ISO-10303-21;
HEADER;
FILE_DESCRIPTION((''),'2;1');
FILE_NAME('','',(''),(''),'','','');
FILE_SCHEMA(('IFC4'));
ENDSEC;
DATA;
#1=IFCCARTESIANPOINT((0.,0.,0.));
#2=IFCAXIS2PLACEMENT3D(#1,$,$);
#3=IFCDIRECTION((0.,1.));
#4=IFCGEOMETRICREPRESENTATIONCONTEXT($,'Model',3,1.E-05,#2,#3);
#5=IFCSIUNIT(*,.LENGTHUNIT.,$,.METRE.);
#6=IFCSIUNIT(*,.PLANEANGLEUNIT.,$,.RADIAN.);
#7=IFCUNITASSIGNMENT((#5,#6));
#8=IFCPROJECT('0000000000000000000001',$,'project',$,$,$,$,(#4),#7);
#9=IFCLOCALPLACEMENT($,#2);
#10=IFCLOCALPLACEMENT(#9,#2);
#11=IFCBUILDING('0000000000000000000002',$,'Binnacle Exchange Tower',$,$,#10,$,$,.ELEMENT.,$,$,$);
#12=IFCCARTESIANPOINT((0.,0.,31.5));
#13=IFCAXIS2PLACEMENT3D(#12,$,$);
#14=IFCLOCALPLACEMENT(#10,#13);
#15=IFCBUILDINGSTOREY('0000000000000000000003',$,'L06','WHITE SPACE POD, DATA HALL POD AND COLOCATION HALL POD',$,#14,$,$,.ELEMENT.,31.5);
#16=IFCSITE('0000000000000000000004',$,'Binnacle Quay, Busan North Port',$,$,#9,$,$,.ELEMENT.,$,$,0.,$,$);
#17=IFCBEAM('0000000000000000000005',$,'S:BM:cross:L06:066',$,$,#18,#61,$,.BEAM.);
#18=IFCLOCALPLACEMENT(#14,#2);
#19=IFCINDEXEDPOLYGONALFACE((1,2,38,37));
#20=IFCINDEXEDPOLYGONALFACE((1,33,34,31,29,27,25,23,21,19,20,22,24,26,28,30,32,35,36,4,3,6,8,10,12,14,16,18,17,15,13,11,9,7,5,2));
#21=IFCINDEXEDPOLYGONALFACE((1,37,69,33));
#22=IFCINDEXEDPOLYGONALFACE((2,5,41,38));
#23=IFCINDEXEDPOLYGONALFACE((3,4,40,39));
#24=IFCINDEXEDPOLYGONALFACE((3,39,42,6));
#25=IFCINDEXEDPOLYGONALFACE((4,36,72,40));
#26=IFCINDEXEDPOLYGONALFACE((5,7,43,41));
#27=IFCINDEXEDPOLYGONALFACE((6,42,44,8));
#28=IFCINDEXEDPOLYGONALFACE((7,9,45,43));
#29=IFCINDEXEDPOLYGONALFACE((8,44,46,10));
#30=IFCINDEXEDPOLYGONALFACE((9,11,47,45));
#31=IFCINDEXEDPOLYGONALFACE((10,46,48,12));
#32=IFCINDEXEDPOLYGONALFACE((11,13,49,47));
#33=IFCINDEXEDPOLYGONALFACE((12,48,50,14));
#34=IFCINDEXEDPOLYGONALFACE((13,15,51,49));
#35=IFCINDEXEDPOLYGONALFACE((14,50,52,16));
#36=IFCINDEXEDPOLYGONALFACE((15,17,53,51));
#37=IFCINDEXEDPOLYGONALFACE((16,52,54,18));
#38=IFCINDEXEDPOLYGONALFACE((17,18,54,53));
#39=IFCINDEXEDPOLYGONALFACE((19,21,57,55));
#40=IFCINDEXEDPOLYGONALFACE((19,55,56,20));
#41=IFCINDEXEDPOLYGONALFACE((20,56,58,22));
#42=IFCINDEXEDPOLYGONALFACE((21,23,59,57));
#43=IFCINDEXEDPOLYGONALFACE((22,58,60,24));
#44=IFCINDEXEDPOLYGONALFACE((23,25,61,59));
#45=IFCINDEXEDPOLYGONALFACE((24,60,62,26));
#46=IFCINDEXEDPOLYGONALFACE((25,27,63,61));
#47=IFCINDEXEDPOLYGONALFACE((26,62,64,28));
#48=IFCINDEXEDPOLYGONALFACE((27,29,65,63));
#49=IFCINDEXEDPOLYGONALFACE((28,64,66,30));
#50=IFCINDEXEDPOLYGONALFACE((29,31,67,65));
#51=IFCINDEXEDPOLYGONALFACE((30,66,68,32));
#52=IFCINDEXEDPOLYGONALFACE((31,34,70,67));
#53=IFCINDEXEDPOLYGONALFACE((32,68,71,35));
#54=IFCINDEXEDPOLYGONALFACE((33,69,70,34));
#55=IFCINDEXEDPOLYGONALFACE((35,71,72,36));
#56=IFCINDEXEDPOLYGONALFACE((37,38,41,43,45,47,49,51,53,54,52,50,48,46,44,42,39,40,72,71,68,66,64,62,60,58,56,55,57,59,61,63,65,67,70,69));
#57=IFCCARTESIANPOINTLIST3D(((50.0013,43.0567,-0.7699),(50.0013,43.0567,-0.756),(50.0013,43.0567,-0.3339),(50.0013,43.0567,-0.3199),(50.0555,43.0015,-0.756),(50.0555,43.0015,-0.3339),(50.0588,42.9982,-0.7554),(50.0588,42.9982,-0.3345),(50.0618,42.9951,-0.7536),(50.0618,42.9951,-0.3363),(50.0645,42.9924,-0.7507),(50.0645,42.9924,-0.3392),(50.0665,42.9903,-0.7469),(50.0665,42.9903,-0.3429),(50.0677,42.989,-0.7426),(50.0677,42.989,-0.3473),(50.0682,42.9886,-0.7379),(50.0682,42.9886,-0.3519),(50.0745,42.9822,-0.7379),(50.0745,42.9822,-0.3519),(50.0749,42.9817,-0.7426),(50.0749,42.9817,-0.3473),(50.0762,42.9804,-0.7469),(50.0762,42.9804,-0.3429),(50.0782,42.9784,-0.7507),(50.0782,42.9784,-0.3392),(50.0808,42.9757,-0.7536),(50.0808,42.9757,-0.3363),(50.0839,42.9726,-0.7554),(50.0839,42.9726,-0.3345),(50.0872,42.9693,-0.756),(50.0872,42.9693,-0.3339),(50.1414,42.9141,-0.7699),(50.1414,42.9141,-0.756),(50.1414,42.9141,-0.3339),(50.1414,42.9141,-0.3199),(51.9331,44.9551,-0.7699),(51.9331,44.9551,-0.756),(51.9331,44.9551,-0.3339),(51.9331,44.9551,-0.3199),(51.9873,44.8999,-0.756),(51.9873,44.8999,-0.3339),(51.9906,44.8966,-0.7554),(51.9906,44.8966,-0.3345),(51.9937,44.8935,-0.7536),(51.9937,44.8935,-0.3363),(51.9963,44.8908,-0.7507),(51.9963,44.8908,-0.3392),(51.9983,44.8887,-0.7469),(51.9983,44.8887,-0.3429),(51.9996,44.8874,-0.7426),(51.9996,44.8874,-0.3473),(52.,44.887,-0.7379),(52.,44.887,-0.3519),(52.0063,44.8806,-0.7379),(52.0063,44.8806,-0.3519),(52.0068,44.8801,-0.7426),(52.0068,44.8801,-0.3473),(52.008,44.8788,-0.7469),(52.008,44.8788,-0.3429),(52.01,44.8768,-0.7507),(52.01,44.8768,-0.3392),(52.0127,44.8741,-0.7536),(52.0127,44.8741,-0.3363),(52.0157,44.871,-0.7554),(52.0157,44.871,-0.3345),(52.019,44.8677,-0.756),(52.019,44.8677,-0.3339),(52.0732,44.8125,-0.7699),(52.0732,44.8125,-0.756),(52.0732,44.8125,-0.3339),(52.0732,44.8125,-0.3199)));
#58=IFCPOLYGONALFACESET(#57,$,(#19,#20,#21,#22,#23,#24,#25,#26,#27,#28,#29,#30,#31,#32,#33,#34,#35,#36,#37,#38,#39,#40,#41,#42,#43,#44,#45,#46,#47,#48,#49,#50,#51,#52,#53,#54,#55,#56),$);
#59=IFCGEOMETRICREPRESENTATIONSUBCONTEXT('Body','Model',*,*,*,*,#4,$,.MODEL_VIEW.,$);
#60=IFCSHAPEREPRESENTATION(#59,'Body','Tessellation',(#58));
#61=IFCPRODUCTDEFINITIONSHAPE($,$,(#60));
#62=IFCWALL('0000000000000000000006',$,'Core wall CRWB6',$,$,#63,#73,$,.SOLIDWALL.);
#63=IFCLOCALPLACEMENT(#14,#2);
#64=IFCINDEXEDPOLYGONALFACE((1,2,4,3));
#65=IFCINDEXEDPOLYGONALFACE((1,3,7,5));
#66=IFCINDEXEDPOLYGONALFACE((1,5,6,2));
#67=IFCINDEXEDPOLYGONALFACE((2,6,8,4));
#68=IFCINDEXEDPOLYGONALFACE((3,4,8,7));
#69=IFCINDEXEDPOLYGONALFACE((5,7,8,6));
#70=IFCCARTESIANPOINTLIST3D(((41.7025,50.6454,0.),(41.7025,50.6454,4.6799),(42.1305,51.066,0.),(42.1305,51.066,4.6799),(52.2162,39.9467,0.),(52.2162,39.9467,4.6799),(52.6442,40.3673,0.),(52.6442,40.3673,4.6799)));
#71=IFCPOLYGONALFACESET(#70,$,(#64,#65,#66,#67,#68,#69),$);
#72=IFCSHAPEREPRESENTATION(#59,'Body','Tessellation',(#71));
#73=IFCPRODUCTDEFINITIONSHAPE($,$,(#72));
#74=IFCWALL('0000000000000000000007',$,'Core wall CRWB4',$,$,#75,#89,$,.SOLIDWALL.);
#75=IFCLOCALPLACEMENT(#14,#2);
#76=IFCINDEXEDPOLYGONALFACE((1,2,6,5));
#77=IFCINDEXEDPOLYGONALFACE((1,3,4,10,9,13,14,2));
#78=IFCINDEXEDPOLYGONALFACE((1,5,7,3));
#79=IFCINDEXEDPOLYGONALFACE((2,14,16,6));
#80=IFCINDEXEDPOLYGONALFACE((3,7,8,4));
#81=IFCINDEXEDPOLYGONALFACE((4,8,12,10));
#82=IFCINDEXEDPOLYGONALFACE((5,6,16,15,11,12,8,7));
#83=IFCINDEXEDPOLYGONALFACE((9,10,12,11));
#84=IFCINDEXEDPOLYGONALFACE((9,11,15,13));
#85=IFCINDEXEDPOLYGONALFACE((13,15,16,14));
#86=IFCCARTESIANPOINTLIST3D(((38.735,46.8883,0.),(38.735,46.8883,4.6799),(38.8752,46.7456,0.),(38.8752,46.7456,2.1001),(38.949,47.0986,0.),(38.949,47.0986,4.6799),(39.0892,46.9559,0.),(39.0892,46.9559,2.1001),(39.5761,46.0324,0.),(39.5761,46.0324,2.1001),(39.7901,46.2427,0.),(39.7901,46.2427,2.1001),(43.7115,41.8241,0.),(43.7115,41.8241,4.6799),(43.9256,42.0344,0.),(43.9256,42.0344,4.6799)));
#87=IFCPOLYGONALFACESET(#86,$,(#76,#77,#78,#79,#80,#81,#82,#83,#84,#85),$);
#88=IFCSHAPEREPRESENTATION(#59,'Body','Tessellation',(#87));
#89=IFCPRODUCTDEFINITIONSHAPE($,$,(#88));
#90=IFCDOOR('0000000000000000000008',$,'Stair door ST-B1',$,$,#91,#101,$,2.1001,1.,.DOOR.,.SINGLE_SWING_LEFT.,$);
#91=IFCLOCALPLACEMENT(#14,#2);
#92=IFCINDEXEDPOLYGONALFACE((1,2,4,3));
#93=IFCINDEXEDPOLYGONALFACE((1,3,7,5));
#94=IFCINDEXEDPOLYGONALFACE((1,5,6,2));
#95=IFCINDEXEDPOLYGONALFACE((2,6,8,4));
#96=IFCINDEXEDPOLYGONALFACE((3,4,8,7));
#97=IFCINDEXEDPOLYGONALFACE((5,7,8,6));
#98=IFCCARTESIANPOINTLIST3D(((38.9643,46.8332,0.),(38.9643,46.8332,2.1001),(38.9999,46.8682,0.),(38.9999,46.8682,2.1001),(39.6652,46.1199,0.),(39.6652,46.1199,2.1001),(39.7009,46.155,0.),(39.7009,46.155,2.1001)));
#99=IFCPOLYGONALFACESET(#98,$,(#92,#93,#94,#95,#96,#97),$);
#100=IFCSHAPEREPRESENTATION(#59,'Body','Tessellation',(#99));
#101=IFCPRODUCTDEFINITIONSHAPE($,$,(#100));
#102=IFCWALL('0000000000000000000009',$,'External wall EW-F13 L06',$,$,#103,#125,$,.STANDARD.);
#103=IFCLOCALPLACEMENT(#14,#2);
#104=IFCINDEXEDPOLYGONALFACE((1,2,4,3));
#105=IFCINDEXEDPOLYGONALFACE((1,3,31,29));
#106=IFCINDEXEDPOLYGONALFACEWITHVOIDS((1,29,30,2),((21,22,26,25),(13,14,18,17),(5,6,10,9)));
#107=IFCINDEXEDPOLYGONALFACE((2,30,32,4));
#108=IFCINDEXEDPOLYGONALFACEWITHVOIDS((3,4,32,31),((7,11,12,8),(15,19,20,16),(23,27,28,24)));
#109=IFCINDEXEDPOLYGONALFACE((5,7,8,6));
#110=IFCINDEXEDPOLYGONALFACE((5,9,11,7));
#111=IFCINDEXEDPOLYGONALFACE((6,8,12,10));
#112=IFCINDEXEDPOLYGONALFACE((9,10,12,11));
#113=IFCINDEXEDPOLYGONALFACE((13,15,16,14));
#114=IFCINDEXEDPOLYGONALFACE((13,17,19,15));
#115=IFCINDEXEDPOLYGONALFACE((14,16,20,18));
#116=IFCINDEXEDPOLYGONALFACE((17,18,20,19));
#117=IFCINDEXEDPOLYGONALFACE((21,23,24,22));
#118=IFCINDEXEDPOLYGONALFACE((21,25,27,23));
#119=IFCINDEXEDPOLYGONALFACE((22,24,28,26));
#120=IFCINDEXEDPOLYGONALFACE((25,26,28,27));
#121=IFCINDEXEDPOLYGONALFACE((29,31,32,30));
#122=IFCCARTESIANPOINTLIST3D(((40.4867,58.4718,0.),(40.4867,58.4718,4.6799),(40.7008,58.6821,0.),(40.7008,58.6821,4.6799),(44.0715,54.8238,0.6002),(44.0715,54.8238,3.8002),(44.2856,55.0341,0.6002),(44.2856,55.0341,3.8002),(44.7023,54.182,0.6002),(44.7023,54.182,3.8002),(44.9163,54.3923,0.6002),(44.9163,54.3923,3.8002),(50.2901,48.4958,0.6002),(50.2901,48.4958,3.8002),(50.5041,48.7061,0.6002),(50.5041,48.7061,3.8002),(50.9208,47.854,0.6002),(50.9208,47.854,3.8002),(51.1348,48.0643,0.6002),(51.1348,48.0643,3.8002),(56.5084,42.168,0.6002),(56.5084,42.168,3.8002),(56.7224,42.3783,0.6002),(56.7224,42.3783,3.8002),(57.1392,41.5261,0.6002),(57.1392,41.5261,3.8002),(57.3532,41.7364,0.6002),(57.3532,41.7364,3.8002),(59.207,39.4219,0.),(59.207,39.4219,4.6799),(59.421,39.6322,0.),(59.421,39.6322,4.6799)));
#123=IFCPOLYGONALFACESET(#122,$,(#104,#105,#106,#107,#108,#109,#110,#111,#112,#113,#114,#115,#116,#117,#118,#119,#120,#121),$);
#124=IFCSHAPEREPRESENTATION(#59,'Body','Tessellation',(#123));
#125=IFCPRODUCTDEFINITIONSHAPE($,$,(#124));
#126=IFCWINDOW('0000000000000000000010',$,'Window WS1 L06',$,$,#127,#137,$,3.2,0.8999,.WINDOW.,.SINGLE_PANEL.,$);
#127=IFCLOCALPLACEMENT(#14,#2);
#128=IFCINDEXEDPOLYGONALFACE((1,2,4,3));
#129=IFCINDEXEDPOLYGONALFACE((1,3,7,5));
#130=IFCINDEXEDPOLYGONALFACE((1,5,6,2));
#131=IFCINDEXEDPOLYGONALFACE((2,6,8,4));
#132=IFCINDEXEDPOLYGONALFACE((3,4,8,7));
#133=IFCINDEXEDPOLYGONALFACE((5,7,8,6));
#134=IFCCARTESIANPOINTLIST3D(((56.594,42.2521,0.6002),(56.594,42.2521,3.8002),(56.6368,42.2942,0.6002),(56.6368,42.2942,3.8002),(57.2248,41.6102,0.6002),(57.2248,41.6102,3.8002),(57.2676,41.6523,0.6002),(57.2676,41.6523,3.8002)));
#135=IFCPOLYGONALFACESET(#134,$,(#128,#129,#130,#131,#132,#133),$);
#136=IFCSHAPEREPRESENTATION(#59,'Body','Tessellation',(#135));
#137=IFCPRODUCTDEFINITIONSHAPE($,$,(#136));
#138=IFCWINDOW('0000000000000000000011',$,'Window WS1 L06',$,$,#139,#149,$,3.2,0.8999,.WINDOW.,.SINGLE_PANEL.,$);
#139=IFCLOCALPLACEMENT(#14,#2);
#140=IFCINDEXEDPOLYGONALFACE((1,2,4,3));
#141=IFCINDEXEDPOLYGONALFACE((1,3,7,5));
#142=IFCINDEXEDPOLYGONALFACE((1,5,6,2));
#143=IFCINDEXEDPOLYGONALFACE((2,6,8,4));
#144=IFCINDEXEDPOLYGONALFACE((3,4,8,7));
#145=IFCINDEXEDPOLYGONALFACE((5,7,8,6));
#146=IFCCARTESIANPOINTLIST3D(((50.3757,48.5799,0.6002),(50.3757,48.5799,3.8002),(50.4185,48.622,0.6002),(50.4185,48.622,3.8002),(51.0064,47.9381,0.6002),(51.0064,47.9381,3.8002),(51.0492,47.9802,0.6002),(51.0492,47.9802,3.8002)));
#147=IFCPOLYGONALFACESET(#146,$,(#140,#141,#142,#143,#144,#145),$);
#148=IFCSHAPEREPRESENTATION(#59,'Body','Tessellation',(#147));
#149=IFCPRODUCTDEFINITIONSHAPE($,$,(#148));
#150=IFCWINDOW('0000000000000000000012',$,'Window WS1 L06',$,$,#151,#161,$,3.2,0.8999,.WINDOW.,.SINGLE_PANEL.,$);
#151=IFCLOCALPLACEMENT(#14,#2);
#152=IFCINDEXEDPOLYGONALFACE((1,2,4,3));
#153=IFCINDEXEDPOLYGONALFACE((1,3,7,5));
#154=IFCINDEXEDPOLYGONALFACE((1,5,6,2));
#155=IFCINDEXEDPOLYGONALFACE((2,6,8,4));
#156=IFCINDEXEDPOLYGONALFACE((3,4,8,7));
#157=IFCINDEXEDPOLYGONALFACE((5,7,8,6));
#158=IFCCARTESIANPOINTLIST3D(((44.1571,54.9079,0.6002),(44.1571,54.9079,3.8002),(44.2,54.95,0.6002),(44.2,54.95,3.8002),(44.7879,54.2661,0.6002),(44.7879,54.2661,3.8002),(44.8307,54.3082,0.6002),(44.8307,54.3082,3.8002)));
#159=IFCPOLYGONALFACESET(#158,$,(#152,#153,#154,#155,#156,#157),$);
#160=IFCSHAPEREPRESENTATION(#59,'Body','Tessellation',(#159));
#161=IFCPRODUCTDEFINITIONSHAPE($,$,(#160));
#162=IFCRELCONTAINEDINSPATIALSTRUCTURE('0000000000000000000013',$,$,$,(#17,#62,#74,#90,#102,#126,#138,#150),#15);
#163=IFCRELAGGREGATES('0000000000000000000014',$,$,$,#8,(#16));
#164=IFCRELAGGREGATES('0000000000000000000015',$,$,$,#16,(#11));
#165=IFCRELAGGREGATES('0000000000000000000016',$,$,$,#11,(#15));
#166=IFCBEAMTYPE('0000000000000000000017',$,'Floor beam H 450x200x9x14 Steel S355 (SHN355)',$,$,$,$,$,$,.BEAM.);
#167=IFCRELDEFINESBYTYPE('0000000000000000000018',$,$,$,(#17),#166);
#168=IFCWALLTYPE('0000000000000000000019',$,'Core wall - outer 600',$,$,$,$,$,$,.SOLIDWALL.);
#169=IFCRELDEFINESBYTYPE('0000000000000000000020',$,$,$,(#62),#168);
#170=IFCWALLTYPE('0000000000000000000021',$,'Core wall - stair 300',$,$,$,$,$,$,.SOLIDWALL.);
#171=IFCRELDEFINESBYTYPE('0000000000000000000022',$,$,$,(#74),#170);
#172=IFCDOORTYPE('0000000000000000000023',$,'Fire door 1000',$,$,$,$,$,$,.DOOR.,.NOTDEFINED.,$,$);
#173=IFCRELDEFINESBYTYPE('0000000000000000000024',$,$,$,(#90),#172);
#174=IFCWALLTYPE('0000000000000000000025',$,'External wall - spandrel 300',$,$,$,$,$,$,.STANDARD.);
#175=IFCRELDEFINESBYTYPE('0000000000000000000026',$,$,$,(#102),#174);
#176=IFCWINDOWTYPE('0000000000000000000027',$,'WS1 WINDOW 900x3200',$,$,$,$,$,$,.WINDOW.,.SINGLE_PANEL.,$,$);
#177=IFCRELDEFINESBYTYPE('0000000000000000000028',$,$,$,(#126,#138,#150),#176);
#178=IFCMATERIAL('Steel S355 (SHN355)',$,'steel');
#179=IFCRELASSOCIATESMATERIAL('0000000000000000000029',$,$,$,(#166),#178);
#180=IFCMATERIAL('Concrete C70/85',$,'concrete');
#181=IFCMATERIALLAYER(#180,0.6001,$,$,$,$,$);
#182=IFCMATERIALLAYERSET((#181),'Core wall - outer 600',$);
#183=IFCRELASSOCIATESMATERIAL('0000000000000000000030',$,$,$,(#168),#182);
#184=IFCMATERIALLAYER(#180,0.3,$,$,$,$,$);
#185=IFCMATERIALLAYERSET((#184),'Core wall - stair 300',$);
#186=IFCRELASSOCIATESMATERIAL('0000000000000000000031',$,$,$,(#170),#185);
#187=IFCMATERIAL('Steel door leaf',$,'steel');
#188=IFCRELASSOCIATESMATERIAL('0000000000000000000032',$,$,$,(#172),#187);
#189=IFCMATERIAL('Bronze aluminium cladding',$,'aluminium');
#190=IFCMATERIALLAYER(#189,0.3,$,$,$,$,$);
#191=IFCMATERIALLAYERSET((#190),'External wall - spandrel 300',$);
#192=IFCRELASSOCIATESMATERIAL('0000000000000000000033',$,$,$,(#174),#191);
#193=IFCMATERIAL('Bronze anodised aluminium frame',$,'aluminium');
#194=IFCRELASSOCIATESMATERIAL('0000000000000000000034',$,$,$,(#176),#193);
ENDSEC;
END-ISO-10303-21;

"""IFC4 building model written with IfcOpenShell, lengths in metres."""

from ifc_helpers import new_model, si_unit, direction, frame, frame_2d, origin, origin_2d, place, context, subcontext, project, spatial, rectangle, i_section, extrude, material, layer, layer_set, material_profile, profile_set, type_object, element, fill, save


model = new_model("IFC4")

# Units and contexts
model_context = context("Model", 3, precision=1e-05, world=origin(), true_north=direction((0.0, 1.0)))
body_context = subcontext(model_context, "Body", "Model", "MODEL_VIEW")
ifc_project = project(units=[si_unit("LENGTHUNIT", "METRE"), si_unit("PLANEANGLEUNIT", "RADIAN")], contexts=[model_context])

# Site, building, storey
site_placement = place(None, origin())
site = spatial("IfcSite", under=ifc_project, at=site_placement, Name="Binnacle Quay, Busan North Port", CompositionType="ELEMENT", RefElevation=0.0)
building_placement = place(site_placement, origin())
building = spatial("IfcBuilding", under=site, at=building_placement, Name="Binnacle Exchange Tower", CompositionType="ELEMENT")
storey_placement = place(building_placement, frame((0.0, 0.0, 31.5)))
storey = spatial("IfcBuildingStorey", under=building, at=storey_placement, Name="L06", Description="WHITE SPACE POD, DATA HALL POD AND COLOCATION HALL POD", CompositionType="ELEMENT", Elevation=31.5)

# Shared definitions
ifc_material_1 = material(Name="Concrete C70/85", Category="concrete")

# Beam
ifc_material_2 = material(Name="Steel S355 (SHN355)", Category="steel")
ifc_material_profile_1 = material_profile(ifc_material_2, i_section(OverallWidth=0.2, OverallDepth=0.45, WebThickness=0.009, FlangeThickness=0.0139, FilletRadius=0.0181, at=origin_2d()), Name="H 450x200x9x14")
ifc_profile_set_1 = profile_set([ifc_material_profile_1], Name="Steel S355 (SHN355)")
beam_type_1 = type_object("IfcBeamType", Name="Floor beam H 450x200x9x14 Steel S355 (SHN355)", PredefinedType="BEAM", material=ifc_profile_set_1)
for number, where, z_axis, x_axis, name in (
    (1, (52.0032, 44.8838, -0.5449), (-0.713254, -0.700905, 0.0), (0.700905, -0.713254, 0.0), "S:BM:cross:L06:066"),
):
    element("IfcBeam", number, at=place(storey_placement, frame(where, z_axis=z_axis, x_axis=x_axis)), inside=storey, type_object=beam_type_1, Name=name, PredefinedType="BEAM", context=body_context, shape_type="SweptSolid", body=[
        extrude(i_section(OverallWidth=0.2, OverallDepth=0.45, WebThickness=0.009, FlangeThickness=0.0139, FilletRadius=0.0181, at=origin_2d()), origin(), (0.0, 0.0, 1.0), 2.7085),
    ])

# Wall
ifc_layer_1 = layer(ifc_material_1, 0.6001)
ifc_layer_set_1 = layer_set([ifc_layer_1], Name="Core wall - outer 600")
wall_type_1 = type_object("IfcWallType", Name="Core wall - outer 600", PredefinedType="SOLIDWALL", material=ifc_layer_set_1)
wall_1_placement = place(storey_placement, frame((41.9165, 50.8557, 0.0), z_axis=(0.0, 0.0, 1.0), x_axis=(0.700911, -0.713248, 0.0)))
element("IfcWall", 2, at=wall_1_placement, inside=storey, type_object=wall_type_1, Name="Core wall CRWB6", PredefinedType="SOLIDWALL", context=body_context, shape_type="SweptSolid", body=[
    extrude(rectangle(XDim=15.0, YDim=0.6001, at=frame_2d((7.5, 0.0))), origin(), (0.0, 0.0, 1.0), 4.6799),
])

# Wall, opening, door
ifc_layer_2 = layer(ifc_material_1, 0.3)
ifc_layer_set_2 = layer_set([ifc_layer_2], Name="Core wall - stair 300")
wall_type_2 = type_object("IfcWallType", Name="Core wall - stair 300", PredefinedType="SOLIDWALL", material=ifc_layer_set_2)
wall_2_placement = place(storey_placement, frame((38.842, 46.9934, 0.0), z_axis=(0.0, 0.0, 1.0), x_axis=(0.700908, -0.713252, 0.0)))
wall_2 = element("IfcWall", 3, at=wall_2_placement, inside=storey, type_object=wall_type_2, Name="Core wall CRWB4", PredefinedType="SOLIDWALL", context=body_context, shape_type="SweptSolid", body=[
    extrude(rectangle(XDim=7.1001, YDim=0.3, at=frame_2d((3.55, 0.0))), origin(), (0.0, 0.0, 1.0), 4.6799),
])
opening_1_placement = place(wall_2_placement, frame((0.2, 0.0, 0.0)))
opening_1 = element("IfcOpeningElement", 4, at=opening_1_placement, cuts=wall_2, PredefinedType="OPENING", context=body_context, shape_type="SweptSolid", body=[
    extrude(rectangle(XDim=1.0, YDim=2.1001, at=frame_2d((0.5, 1.05))), frame((0.0, 0.1599, 0.0), z_axis=(0.0, -1.0, 0.0), x_axis=(1.0, 0.0, 0.0)), (0.0, 0.0, 1.0), 0.3201),
])
ifc_material_3 = material(Name="Steel door leaf", Category="steel")
door_type = type_object("IfcDoorType", Name="Fire door 1000", OperationType="NOTDEFINED", PredefinedType="DOOR", material=ifc_material_3)
door_placement = place(opening_1_placement, origin())
door = element("IfcDoor", 5, at=door_placement, inside=storey, type_object=door_type, Name="Stair door ST-B1", OperationType="SINGLE_SWING_LEFT", OverallHeight=2.1001, OverallWidth=1.0, PredefinedType="DOOR", context=body_context, shape_type="SweptSolid", body=[
    extrude(rectangle(XDim=1.0, YDim=2.1001, at=frame_2d((0.5, 1.05))), frame((0.0, 0.0249, 0.0), z_axis=(0.0, -1.0, 0.0), x_axis=(1.0, 0.0, 0.0)), (0.0, 0.0, 1.0), 0.05),
])
fill(opening_1, door)

# Wall, openings, windows
ifc_material_4 = material(Name="Bronze aluminium cladding", Category="aluminium")
ifc_layer_3 = layer(ifc_material_4, 0.3)
ifc_layer_set_3 = layer_set([ifc_layer_3], Name="External wall - spandrel 300")
wall_type_3 = type_object("IfcWallType", Name="External wall - spandrel 300", PredefinedType="STANDARD", material=ifc_layer_set_3)
wall_3_placement = place(storey_placement, frame((40.5938, 58.5769, 0.0), z_axis=(0.0, 0.0, 1.0), x_axis=(0.70091, -0.71325, 0.0)))
wall_3 = element("IfcWall", 6, at=wall_3_placement, inside=storey, type_object=wall_type_3, Name="External wall EW-F13 L06", PredefinedType="STANDARD", context=body_context, shape_type="SweptSolid", body=[
    extrude(rectangle(XDim=26.7085, YDim=0.3, at=frame_2d((13.3542, 0.0))), origin(), (0.0, 0.0, 1.0), 4.6799),
])
opening_2_placement = place(wall_3_placement, frame((22.8584, 0.0, 0.6001)))
opening_2 = element("IfcOpeningElement", 7, at=opening_2_placement, cuts=wall_3, PredefinedType="OPENING", context=body_context, shape_type="SweptSolid", body=[
    extrude(rectangle(XDim=0.8999, YDim=3.2, at=frame_2d((0.45, 1.6001))), frame((0.0, 0.1599, 0.0), z_axis=(0.0, -1.0, 0.0), x_axis=(1.0, 0.0, 0.0)), (0.0, 0.0, 1.0), 0.3201),
])
opening_3_placement = place(wall_3_placement, frame((13.9866, 0.0, 0.6001)))
opening_3 = element("IfcOpeningElement", 8, at=opening_3_placement, cuts=wall_3, PredefinedType="OPENING", context=body_context, shape_type="SweptSolid", body=[
    extrude(rectangle(XDim=0.8999, YDim=3.2, at=frame_2d((0.45, 1.6001))), frame((0.0, 0.1599, 0.0), z_axis=(0.0, -1.0, 0.0), x_axis=(1.0, 0.0, 0.0)), (0.0, 0.0, 1.0), 0.3201),
])
opening_4_placement = place(wall_3_placement, frame((5.1145, 0.0, 0.6001)))
opening_4 = element("IfcOpeningElement", 9, at=opening_4_placement, cuts=wall_3, PredefinedType="OPENING", context=body_context, shape_type="SweptSolid", body=[
    extrude(rectangle(XDim=0.8999, YDim=3.2, at=frame_2d((0.45, 1.6001))), frame((0.0, 0.1599, 0.0), z_axis=(0.0, -1.0, 0.0), x_axis=(1.0, 0.0, 0.0)), (0.0, 0.0, 1.0), 0.3201),
])
ifc_material_5 = material(Name="Bronze anodised aluminium frame", Category="aluminium")
window_type = type_object("IfcWindowType", Name="WS1 WINDOW 900x3200", PartitioningType="SINGLE_PANEL", PredefinedType="WINDOW", material=ifc_material_5)
window_1_placement = place(opening_2_placement, origin())
window_1 = element("IfcWindow", 10, at=window_1_placement, inside=storey, type_object=window_type, Name="Window WS1 L06", OverallHeight=3.2, OverallWidth=0.8999, PartitioningType="SINGLE_PANEL", PredefinedType="WINDOW", context=body_context, shape_type="SweptSolid", body=[
    extrude(rectangle(XDim=0.8999, YDim=3.2, at=frame_2d((0.45, 1.6001))), frame((0.0, 0.03, 0.0), z_axis=(0.0, -1.0, 0.0), x_axis=(1.0, 0.0, 0.0)), (0.0, 0.0, 1.0), 0.0601),
])
fill(opening_2, window_1)
window_2_placement = place(opening_3_placement, origin())
window_2 = element("IfcWindow", 11, at=window_2_placement, inside=storey, type_object=window_type, Name="Window WS1 L06", OverallHeight=3.2, OverallWidth=0.8999, PartitioningType="SINGLE_PANEL", PredefinedType="WINDOW", context=body_context, shape_type="SweptSolid", body=[
    extrude(rectangle(XDim=0.8999, YDim=3.2, at=frame_2d((0.45, 1.6001))), frame((0.0, 0.03, 0.0), z_axis=(0.0, -1.0, 0.0), x_axis=(1.0, 0.0, 0.0)), (0.0, 0.0, 1.0), 0.0601),
])
fill(opening_3, window_2)
window_3_placement = place(opening_4_placement, origin())
window_3 = element("IfcWindow", 12, at=window_3_placement, inside=storey, type_object=window_type, Name="Window WS1 L06", OverallHeight=3.2, OverallWidth=0.8999, PartitioningType="SINGLE_PANEL", PredefinedType="WINDOW", context=body_context, shape_type="SweptSolid", body=[
    extrude(rectangle(XDim=0.8999, YDim=3.2, at=frame_2d((0.45, 1.6001))), frame((0.0, 0.03, 0.0), z_axis=(0.0, -1.0, 0.0), x_axis=(1.0, 0.0, 0.0)), (0.0, 0.0, 1.0), 0.0601),
])
fill(opening_4, window_3)

save(model, "model.ifc")
